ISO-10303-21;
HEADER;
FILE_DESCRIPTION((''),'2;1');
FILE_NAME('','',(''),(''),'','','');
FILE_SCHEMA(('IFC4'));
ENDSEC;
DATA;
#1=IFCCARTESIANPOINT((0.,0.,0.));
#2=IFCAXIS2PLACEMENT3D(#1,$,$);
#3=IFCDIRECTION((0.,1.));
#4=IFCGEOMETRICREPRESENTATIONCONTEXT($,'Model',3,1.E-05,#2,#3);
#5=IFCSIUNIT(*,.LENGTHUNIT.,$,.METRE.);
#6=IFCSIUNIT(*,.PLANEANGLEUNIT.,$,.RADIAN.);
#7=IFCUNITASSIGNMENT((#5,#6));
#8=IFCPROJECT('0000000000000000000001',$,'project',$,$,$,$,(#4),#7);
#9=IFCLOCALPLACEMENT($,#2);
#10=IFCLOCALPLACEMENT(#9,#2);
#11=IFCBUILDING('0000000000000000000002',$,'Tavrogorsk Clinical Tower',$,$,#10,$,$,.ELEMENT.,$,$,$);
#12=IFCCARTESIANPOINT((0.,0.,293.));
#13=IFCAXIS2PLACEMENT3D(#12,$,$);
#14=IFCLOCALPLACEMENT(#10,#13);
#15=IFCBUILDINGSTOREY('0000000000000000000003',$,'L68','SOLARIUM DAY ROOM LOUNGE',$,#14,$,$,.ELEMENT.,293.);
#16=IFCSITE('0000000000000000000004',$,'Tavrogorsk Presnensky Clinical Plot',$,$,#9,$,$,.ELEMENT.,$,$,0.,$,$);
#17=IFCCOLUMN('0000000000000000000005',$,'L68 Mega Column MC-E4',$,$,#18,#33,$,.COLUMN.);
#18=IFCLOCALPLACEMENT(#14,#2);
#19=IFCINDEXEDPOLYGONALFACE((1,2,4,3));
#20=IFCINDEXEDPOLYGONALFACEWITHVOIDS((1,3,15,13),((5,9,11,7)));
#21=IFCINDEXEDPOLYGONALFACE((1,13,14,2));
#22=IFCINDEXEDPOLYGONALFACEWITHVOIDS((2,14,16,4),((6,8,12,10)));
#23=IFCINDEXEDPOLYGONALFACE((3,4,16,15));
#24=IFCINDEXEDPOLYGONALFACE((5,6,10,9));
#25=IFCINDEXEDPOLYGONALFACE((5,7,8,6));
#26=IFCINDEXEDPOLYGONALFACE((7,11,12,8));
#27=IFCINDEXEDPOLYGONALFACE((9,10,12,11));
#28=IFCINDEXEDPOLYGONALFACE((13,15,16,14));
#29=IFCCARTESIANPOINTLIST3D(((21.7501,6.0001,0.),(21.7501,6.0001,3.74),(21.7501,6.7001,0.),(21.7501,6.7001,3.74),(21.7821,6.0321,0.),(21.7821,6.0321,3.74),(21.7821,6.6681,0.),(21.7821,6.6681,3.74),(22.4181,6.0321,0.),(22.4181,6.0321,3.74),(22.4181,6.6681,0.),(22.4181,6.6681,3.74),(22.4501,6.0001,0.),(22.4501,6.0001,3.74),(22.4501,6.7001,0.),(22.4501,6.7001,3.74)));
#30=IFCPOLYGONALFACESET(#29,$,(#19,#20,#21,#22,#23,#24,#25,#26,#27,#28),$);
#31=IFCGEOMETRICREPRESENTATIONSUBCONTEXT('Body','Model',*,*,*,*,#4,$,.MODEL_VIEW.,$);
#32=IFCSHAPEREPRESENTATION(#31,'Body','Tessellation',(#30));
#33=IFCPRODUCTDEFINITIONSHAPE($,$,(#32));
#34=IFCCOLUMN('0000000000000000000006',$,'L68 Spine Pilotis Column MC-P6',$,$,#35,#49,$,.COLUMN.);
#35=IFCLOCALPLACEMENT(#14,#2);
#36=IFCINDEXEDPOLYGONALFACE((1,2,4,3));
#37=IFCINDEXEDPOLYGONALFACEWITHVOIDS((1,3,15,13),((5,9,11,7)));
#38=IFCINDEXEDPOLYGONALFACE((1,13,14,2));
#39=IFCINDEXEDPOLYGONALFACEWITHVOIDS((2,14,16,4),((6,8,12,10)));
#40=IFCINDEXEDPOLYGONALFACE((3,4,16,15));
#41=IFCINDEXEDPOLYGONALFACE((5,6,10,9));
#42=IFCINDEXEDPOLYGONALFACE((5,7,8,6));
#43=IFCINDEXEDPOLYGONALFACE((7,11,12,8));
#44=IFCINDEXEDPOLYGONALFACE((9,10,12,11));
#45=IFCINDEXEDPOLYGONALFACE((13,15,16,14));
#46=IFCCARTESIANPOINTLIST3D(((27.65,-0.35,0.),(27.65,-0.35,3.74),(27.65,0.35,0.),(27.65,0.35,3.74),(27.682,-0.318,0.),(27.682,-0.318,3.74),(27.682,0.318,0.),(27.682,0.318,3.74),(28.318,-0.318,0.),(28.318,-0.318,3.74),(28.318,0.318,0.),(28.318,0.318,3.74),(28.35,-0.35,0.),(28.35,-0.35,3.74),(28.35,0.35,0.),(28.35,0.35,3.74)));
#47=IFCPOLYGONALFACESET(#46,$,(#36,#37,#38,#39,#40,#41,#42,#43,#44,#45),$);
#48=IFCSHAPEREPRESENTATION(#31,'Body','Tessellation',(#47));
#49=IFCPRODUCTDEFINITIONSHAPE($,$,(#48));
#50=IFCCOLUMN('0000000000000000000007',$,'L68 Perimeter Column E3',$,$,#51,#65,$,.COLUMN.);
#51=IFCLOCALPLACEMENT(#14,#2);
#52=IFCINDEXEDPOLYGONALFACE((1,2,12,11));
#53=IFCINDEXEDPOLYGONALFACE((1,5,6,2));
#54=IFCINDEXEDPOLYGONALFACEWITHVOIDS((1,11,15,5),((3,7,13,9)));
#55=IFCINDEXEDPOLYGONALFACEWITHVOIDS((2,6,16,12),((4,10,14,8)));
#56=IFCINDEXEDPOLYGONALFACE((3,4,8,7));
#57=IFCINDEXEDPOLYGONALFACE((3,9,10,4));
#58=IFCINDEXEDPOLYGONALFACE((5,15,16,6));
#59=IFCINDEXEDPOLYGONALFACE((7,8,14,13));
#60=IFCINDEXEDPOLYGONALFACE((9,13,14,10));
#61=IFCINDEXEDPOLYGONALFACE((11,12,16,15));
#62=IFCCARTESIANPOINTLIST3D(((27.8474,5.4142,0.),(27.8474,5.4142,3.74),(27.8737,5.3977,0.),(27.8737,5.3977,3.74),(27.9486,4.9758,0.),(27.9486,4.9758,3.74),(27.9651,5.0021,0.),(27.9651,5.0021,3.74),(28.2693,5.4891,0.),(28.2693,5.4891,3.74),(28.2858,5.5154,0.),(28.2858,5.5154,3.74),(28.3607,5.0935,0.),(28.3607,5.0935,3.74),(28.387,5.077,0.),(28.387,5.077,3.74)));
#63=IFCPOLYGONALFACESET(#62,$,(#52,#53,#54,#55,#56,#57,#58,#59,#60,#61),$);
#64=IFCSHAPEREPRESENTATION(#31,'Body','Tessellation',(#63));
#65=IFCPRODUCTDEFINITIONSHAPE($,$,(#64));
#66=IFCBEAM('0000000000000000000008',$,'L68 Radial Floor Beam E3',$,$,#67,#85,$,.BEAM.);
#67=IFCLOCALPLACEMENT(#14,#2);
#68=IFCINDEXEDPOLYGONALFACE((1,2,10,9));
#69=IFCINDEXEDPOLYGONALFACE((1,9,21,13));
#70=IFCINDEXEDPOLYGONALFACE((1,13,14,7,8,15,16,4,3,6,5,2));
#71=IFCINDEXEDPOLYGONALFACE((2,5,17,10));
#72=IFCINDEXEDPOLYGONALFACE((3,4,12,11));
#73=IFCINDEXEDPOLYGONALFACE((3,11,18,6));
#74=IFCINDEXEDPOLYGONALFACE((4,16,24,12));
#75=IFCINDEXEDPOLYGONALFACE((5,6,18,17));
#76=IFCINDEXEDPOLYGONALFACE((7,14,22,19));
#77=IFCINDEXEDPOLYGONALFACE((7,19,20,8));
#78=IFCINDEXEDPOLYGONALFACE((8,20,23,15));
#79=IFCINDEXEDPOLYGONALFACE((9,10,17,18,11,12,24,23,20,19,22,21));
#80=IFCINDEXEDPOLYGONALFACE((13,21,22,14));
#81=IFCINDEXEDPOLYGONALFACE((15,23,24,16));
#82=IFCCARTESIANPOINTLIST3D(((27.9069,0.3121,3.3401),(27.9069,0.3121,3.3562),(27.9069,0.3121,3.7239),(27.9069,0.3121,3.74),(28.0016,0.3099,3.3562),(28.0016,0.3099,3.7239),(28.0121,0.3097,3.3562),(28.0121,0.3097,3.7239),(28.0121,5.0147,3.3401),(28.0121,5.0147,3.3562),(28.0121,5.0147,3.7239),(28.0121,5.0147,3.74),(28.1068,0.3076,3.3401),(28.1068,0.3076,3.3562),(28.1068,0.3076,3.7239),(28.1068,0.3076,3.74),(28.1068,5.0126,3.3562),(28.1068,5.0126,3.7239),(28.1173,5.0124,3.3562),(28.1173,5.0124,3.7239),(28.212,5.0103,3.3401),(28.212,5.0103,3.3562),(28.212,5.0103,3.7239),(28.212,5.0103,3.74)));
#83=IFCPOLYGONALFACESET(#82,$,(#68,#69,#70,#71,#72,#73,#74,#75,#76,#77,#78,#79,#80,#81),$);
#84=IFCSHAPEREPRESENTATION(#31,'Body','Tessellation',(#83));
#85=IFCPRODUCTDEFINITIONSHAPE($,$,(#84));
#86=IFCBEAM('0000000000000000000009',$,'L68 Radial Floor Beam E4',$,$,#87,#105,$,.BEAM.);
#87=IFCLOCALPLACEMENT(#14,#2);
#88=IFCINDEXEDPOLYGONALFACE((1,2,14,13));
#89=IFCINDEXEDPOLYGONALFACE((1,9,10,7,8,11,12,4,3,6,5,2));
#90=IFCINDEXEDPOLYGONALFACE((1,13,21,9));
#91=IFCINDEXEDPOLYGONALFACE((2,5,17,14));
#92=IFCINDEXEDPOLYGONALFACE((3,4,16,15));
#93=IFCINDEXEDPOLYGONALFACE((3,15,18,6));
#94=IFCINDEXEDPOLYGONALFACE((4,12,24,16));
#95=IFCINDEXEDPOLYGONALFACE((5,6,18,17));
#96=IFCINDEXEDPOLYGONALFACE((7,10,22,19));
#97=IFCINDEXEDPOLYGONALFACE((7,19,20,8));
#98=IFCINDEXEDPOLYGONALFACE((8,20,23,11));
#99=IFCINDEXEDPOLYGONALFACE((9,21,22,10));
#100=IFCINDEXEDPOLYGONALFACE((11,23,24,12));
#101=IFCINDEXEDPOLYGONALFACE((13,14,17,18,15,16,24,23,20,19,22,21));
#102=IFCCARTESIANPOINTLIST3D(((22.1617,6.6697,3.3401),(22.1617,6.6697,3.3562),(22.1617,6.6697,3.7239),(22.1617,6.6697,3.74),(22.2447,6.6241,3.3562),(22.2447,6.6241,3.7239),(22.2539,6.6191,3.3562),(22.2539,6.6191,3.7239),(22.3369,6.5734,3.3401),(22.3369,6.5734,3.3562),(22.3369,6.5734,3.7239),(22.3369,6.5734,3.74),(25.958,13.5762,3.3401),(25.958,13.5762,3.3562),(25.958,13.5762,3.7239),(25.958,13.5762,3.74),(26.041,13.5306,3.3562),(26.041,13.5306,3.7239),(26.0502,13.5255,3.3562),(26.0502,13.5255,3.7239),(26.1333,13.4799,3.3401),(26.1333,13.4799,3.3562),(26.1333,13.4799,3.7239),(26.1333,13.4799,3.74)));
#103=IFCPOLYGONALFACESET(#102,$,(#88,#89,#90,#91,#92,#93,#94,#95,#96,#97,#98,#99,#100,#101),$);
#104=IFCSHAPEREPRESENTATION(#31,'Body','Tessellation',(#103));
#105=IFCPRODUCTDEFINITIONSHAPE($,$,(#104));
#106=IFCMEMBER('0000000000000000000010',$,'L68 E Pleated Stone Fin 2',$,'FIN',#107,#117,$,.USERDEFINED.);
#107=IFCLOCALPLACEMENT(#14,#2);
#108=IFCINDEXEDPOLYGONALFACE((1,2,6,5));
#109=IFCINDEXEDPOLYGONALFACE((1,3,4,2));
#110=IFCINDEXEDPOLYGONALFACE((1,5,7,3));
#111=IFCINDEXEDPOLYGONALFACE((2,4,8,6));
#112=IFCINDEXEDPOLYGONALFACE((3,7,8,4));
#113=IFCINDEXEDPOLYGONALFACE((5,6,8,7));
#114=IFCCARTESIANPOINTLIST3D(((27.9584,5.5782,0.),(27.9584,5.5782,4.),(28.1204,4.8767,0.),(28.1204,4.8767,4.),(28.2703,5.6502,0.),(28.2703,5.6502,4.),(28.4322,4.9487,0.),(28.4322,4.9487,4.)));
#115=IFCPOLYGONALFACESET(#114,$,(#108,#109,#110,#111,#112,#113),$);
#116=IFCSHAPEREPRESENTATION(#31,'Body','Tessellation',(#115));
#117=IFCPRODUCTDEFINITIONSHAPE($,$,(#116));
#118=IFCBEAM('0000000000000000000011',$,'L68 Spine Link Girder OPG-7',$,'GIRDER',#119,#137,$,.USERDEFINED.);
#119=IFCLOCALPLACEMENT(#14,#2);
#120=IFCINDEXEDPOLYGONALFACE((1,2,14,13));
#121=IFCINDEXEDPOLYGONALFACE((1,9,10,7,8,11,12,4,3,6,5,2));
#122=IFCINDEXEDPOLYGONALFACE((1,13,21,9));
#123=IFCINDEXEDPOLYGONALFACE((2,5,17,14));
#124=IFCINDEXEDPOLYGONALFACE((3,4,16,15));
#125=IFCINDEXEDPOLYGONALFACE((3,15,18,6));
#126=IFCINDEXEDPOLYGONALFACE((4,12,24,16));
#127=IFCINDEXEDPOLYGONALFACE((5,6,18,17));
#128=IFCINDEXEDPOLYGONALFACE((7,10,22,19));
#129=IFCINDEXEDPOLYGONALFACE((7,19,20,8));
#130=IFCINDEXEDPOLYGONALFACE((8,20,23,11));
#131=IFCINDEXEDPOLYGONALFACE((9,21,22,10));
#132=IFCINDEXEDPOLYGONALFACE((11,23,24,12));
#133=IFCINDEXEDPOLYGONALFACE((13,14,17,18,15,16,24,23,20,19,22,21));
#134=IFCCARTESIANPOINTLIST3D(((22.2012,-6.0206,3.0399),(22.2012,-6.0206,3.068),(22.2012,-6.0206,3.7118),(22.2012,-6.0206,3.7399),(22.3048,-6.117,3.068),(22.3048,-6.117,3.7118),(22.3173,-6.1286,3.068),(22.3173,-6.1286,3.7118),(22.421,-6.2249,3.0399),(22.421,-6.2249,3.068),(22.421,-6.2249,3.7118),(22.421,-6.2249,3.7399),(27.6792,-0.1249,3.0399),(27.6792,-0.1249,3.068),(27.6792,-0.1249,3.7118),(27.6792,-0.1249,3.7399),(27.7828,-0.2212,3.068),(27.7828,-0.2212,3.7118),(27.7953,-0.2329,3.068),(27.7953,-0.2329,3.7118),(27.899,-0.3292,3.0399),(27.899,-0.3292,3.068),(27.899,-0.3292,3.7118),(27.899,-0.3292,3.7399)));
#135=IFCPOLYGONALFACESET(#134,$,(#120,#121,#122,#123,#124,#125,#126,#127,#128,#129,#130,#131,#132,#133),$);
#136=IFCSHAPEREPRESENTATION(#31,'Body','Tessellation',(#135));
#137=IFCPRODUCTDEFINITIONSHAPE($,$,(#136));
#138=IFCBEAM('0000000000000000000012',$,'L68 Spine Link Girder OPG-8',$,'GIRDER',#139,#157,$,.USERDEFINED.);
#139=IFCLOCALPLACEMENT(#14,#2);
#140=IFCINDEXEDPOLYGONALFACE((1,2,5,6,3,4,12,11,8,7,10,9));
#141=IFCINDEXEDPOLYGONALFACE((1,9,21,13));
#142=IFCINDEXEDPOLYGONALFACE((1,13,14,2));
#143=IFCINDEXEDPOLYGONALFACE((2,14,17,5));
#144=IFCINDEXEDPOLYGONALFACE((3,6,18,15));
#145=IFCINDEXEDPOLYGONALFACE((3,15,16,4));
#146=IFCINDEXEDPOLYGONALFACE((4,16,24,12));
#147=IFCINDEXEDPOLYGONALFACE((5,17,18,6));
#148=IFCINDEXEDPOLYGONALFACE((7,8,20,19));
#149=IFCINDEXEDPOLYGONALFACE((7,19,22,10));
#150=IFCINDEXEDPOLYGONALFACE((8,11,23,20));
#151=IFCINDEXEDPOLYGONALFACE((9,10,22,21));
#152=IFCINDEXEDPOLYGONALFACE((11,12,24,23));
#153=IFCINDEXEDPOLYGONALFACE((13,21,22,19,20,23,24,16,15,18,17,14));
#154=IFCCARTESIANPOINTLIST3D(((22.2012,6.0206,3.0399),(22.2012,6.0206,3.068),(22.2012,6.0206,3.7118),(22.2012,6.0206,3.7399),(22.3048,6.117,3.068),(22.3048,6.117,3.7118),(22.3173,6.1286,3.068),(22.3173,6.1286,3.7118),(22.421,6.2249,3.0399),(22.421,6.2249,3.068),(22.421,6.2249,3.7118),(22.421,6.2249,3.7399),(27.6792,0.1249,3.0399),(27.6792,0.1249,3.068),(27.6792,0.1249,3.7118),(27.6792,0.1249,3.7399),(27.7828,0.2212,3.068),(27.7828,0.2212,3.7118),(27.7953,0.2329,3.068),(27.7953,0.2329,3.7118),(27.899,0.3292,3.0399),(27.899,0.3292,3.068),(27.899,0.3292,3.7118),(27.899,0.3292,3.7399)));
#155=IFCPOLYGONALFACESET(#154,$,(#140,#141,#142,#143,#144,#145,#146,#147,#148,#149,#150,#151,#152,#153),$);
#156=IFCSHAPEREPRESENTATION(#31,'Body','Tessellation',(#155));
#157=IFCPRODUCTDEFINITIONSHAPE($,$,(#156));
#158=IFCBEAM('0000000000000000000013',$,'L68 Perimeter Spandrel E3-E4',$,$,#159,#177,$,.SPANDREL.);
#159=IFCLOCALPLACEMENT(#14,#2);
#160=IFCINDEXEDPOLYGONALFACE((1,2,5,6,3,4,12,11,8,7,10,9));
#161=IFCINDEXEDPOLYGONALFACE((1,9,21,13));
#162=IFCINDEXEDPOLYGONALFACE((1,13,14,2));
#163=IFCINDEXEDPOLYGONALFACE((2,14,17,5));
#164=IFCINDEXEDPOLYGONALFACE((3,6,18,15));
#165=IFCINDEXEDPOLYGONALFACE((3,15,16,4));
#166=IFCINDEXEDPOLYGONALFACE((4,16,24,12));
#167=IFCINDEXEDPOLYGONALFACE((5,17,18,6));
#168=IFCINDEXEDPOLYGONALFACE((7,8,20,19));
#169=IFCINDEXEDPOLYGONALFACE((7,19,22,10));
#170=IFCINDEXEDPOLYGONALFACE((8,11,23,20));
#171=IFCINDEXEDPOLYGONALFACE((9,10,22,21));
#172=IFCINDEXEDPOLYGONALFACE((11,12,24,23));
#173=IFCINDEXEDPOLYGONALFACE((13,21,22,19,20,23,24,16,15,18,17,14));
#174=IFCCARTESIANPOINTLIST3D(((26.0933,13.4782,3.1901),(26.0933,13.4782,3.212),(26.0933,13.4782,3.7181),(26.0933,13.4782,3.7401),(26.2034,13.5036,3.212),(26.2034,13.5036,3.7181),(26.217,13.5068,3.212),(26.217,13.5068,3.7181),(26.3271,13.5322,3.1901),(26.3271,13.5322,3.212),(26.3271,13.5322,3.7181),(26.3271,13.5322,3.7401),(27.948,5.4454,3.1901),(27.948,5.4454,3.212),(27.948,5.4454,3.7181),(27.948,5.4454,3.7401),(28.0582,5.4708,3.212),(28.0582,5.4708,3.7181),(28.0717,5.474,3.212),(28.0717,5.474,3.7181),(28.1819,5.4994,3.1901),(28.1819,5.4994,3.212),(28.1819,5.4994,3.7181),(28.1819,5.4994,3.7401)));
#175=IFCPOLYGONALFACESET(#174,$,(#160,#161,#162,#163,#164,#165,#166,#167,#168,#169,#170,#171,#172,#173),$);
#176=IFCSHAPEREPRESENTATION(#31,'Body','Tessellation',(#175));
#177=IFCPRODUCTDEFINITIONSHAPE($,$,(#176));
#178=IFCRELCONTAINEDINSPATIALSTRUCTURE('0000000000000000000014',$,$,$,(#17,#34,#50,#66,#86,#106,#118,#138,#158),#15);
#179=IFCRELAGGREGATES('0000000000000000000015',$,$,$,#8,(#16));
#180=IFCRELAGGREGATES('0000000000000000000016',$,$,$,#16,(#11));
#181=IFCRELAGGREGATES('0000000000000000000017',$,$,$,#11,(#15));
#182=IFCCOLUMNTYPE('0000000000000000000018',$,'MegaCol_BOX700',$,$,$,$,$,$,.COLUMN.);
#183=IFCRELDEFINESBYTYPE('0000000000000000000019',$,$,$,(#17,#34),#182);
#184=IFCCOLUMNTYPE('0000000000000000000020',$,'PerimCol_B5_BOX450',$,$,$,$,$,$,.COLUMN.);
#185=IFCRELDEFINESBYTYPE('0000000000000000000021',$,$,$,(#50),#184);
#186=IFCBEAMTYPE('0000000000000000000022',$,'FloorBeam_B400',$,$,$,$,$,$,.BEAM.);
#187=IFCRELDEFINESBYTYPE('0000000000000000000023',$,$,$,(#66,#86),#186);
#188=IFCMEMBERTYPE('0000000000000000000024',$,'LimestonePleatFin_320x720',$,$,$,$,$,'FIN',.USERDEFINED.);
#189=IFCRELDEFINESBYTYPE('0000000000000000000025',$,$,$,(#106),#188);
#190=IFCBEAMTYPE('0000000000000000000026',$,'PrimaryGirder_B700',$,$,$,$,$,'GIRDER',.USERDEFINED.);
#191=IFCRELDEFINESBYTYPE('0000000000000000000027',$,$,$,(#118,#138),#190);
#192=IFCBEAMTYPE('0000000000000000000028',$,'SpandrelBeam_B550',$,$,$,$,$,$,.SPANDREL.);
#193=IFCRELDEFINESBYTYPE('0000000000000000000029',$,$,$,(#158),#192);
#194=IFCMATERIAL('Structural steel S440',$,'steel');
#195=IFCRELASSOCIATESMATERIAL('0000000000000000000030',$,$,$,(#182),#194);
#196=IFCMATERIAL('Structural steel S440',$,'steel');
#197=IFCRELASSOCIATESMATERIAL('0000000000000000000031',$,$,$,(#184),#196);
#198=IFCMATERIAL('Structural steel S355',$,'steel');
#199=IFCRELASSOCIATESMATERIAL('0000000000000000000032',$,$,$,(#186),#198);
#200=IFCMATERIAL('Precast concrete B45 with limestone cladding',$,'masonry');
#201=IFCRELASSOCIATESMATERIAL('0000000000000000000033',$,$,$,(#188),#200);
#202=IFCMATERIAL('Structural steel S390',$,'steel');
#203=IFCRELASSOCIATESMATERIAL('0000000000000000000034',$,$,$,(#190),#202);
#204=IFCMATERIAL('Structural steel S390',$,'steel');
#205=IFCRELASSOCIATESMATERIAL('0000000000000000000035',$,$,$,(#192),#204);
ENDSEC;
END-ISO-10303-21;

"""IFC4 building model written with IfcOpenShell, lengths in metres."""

from ifc_helpers import new_model, si_unit, direction, frame, origin, origin_2d, place, context, subcontext, project, spatial, rectangle, hollow_rectangle, i_section, extrude, material, material_profile, profile_set, type_object, element, save


model = new_model("IFC4")

# Units and contexts
model_context = context("Model", 3, precision=1e-05, world=origin(), true_north=direction((0.0, 1.0)))
body_context = subcontext(model_context, "Body", "Model", "MODEL_VIEW")
ifc_project = project(units=[si_unit("LENGTHUNIT", "METRE"), si_unit("PLANEANGLEUNIT", "RADIAN")], contexts=[model_context])

# Site, building, storey
site_placement = place(None, origin())
site = spatial("IfcSite", under=ifc_project, at=site_placement, Name="Tavrogorsk Presnensky Clinical Plot", CompositionType="ELEMENT", RefElevation=0.0)
building_placement = place(site_placement, origin())
building = spatial("IfcBuilding", under=site, at=building_placement, Name="Tavrogorsk Clinical Tower", CompositionType="ELEMENT")
storey_placement = place(building_placement, frame((0.0, 0.0, 293.0)))
storey = spatial("IfcBuildingStorey", under=building, at=storey_placement, Name="L68", Description="SOLARIUM DAY ROOM LOUNGE", CompositionType="ELEMENT", Elevation=293.0)

# Columns
ifc_material_1 = material(Name="Structural steel S440", Category="steel")
ifc_material_profile_1 = material_profile(ifc_material_1, hollow_rectangle(XDim=0.7, YDim=0.7, WallThickness=0.032, at=origin_2d()), Name="BOX-700x700x32")
ifc_profile_set_1 = profile_set([ifc_material_profile_1], Name="Structural steel S440")
column_type_1 = type_object("IfcColumnType", Name="MegaCol_BOX700", PredefinedType="COLUMN", material=ifc_profile_set_1)
for number, where, z_axis, x_axis, name in (
    (1, (22.1001, 6.3501, 0.0), (0.0, 0.0, 1.0), (1.0, 0.0, 0.0), "L68 Mega Column MC-E4"),
    (2, (28.0, 0.0, 0.0), (0.0, 0.0, 1.0), (1.0, 0.0, 0.0), "L68 Spine Pilotis Column MC-P6"),
):
    element("IfcColumn", number, at=place(storey_placement, frame(where, z_axis=z_axis, x_axis=x_axis)), inside=storey, type_object=column_type_1, Name=name, PredefinedType="COLUMN", context=body_context, shape_type="SweptSolid", body=[
        extrude(hollow_rectangle(XDim=0.7, YDim=0.7, WallThickness=0.032, at=origin_2d()), origin(), (0.0, 0.0, 1.0), 3.74),
    ])
ifc_material_2 = material(Name="Structural steel S440", Category="steel")
ifc_material_profile_2 = material_profile(ifc_material_2, hollow_rectangle(XDim=0.45, YDim=0.45, WallThickness=0.022, at=origin_2d()), Name="BOX-450x450x22")
ifc_profile_set_2 = profile_set([ifc_material_profile_2], Name="Structural steel S440")
column_type_2 = type_object("IfcColumnType", Name="PerimCol_B5_BOX450", PredefinedType="COLUMN", material=ifc_profile_set_2)
column_placement = place(storey_placement, frame((28.1172, 5.2456, 0.0), z_axis=(0.0, 0.0, 1.0), x_axis=(0.97437, 0.224951, 0.0)))
element("IfcColumn", 3, at=column_placement, inside=storey, type_object=column_type_2, Name="L68 Perimeter Column E3", PredefinedType="COLUMN", context=body_context, shape_type="SweptSolid", body=[
    extrude(hollow_rectangle(XDim=0.45, YDim=0.45, WallThickness=0.022, at=origin_2d()), origin(), (0.0, 0.0, 1.0), 3.74),
])

# Beams
ifc_material_3 = material(Name="Structural steel S355", Category="steel")
ifc_material_profile_3 = material_profile(ifc_material_3, i_section(OverallWidth=0.2, OverallDepth=0.3999, WebThickness=0.0105, FlangeThickness=0.0161, at=origin_2d()), Name="B-400x200x10.5x16")
ifc_profile_set_3 = profile_set([ifc_material_profile_3], Name="Structural steel S355")
beam_type_1 = type_object("IfcBeamType", Name="FloorBeam_B400", PredefinedType="BEAM", material=ifc_profile_set_3)
beam_1_placement = place(storey_placement, frame((28.0068, 0.3098, 3.54), z_axis=(0.02237, 0.99975, 0.0), x_axis=(-0.99975, 0.02237, 0.0)))
element("IfcBeam", 4, at=beam_1_placement, inside=storey, type_object=beam_type_1, Name="L68 Radial Floor Beam E3", PredefinedType="BEAM", context=body_context, shape_type="SweptSolid", body=[
    extrude(i_section(OverallWidth=0.2, OverallDepth=0.3999, WebThickness=0.0105, FlangeThickness=0.0161, at=origin_2d()), origin(), (0.0, 0.0, 1.0), 4.7039),
])
beam_2_placement = place(storey_placement, frame((22.2493, 6.6216, 3.54), z_axis=(0.481706, 0.876333, 0.0), x_axis=(-0.876333, 0.481706, 0.0)))
element("IfcBeam", 5, at=beam_2_placement, inside=storey, type_object=beam_type_1, Name="L68 Radial Floor Beam E4", PredefinedType="BEAM", context=body_context, shape_type="SweptSolid", body=[
    extrude(i_section(OverallWidth=0.2, OverallDepth=0.3999, WebThickness=0.0105, FlangeThickness=0.0161, at=origin_2d()), origin(), (0.0, 0.0, 1.0), 7.8811),
])

# Member
ifc_material_4 = material(Name="Precast concrete B45 with limestone cladding", Category="masonry")
ifc_material_profile_4 = material_profile(ifc_material_4, rectangle(XDim=0.3201, YDim=0.72, at=origin_2d()), Name="LIMESTONE-FIN-320x720")
ifc_profile_set_4 = profile_set([ifc_material_profile_4], Name="Precast concrete B45 with limestone cladding")
member_type = type_object("IfcMemberType", Name="LimestonePleatFin_320x720", ElementType="FIN", PredefinedType="USERDEFINED", material=ifc_profile_set_4)
member_placement = place(storey_placement, frame((28.1953, 5.2634, 0.0), z_axis=(0.0, 0.0, 1.0), x_axis=(0.97437, 0.224951, 0.0)))
element("IfcMember", 6, at=member_placement, inside=storey, type_object=member_type, Name="L68 E Pleated Stone Fin 2", ObjectType="FIN", PredefinedType="USERDEFINED", context=body_context, shape_type="SweptSolid", body=[
    extrude(rectangle(XDim=0.3201, YDim=0.72, at=origin_2d()), origin(), (0.0, 0.0, 1.0), 4.0),
])

# Beams
ifc_material_5 = material(Name="Structural steel S390", Category="steel")
ifc_material_profile_5 = material_profile(ifc_material_5, i_section(OverallWidth=0.3, OverallDepth=0.7, WebThickness=0.0171, FlangeThickness=0.0281, at=origin_2d()), Name="B-700x300x17x28")
ifc_profile_set_5 = profile_set([ifc_material_profile_5], Name="Structural steel S390")
beam_type_2 = type_object("IfcBeamType", Name="PrimaryGirder_B700", ElementType="GIRDER", PredefinedType="USERDEFINED", material=ifc_profile_set_5)
for number, where, z_axis, x_axis, name in (
    (7, (27.7891, -0.2271, 3.3899), (-0.680678, -0.732583, 0.0), (0.732583, -0.680678, 0.0), "L68 Spine Link Girder OPG-7"),
    (8, (27.7891, 0.2271, 3.3899), (-0.680678, 0.732583, 0.0), (-0.732583, -0.680678, 0.0), "L68 Spine Link Girder OPG-8"),
):
    element("IfcBeam", number, at=place(storey_placement, frame(where, z_axis=z_axis, x_axis=x_axis)), inside=storey, type_object=beam_type_2, Name=name, ObjectType="GIRDER", PredefinedType="USERDEFINED", context=body_context, shape_type="SweptSolid", body=[
        extrude(i_section(OverallWidth=0.3, OverallDepth=0.7, WebThickness=0.0171, FlangeThickness=0.0281, at=origin_2d()), origin(), (0.0, 0.0, 1.0), 8.0479),
    ])
ifc_material_6 = material(Name="Structural steel S390", Category="steel")
ifc_material_profile_6 = material_profile(ifc_material_6, i_section(OverallWidth=0.24, OverallDepth=0.55, WebThickness=0.0139, FlangeThickness=0.022, at=origin_2d()), Name="B-550x240x14x22")
ifc_profile_set_6 = profile_set([ifc_material_profile_6], Name="Structural steel S390")
beam_type_3 = type_object("IfcBeamType", Name="SpandrelBeam_B550", PredefinedType="SPANDREL", material=ifc_profile_set_6)
beam_3_placement = place(storey_placement, frame((28.0649, 5.4724, 3.4651), z_axis=(-0.224978, 0.974364, 0.0), x_axis=(-0.974364, -0.224978, 0.0)))
element("IfcBeam", 9, at=beam_3_placement, inside=storey, type_object=beam_type_3, Name="L68 Perimeter Spandrel E3-E4", PredefinedType="SPANDREL", context=body_context, shape_type="SweptSolid", body=[
    extrude(i_section(OverallWidth=0.24, OverallDepth=0.55, WebThickness=0.0139, FlangeThickness=0.022, at=origin_2d()), origin(), (0.0, 0.0, 1.0), 8.2441),
])

save(model, "model.ifc")
